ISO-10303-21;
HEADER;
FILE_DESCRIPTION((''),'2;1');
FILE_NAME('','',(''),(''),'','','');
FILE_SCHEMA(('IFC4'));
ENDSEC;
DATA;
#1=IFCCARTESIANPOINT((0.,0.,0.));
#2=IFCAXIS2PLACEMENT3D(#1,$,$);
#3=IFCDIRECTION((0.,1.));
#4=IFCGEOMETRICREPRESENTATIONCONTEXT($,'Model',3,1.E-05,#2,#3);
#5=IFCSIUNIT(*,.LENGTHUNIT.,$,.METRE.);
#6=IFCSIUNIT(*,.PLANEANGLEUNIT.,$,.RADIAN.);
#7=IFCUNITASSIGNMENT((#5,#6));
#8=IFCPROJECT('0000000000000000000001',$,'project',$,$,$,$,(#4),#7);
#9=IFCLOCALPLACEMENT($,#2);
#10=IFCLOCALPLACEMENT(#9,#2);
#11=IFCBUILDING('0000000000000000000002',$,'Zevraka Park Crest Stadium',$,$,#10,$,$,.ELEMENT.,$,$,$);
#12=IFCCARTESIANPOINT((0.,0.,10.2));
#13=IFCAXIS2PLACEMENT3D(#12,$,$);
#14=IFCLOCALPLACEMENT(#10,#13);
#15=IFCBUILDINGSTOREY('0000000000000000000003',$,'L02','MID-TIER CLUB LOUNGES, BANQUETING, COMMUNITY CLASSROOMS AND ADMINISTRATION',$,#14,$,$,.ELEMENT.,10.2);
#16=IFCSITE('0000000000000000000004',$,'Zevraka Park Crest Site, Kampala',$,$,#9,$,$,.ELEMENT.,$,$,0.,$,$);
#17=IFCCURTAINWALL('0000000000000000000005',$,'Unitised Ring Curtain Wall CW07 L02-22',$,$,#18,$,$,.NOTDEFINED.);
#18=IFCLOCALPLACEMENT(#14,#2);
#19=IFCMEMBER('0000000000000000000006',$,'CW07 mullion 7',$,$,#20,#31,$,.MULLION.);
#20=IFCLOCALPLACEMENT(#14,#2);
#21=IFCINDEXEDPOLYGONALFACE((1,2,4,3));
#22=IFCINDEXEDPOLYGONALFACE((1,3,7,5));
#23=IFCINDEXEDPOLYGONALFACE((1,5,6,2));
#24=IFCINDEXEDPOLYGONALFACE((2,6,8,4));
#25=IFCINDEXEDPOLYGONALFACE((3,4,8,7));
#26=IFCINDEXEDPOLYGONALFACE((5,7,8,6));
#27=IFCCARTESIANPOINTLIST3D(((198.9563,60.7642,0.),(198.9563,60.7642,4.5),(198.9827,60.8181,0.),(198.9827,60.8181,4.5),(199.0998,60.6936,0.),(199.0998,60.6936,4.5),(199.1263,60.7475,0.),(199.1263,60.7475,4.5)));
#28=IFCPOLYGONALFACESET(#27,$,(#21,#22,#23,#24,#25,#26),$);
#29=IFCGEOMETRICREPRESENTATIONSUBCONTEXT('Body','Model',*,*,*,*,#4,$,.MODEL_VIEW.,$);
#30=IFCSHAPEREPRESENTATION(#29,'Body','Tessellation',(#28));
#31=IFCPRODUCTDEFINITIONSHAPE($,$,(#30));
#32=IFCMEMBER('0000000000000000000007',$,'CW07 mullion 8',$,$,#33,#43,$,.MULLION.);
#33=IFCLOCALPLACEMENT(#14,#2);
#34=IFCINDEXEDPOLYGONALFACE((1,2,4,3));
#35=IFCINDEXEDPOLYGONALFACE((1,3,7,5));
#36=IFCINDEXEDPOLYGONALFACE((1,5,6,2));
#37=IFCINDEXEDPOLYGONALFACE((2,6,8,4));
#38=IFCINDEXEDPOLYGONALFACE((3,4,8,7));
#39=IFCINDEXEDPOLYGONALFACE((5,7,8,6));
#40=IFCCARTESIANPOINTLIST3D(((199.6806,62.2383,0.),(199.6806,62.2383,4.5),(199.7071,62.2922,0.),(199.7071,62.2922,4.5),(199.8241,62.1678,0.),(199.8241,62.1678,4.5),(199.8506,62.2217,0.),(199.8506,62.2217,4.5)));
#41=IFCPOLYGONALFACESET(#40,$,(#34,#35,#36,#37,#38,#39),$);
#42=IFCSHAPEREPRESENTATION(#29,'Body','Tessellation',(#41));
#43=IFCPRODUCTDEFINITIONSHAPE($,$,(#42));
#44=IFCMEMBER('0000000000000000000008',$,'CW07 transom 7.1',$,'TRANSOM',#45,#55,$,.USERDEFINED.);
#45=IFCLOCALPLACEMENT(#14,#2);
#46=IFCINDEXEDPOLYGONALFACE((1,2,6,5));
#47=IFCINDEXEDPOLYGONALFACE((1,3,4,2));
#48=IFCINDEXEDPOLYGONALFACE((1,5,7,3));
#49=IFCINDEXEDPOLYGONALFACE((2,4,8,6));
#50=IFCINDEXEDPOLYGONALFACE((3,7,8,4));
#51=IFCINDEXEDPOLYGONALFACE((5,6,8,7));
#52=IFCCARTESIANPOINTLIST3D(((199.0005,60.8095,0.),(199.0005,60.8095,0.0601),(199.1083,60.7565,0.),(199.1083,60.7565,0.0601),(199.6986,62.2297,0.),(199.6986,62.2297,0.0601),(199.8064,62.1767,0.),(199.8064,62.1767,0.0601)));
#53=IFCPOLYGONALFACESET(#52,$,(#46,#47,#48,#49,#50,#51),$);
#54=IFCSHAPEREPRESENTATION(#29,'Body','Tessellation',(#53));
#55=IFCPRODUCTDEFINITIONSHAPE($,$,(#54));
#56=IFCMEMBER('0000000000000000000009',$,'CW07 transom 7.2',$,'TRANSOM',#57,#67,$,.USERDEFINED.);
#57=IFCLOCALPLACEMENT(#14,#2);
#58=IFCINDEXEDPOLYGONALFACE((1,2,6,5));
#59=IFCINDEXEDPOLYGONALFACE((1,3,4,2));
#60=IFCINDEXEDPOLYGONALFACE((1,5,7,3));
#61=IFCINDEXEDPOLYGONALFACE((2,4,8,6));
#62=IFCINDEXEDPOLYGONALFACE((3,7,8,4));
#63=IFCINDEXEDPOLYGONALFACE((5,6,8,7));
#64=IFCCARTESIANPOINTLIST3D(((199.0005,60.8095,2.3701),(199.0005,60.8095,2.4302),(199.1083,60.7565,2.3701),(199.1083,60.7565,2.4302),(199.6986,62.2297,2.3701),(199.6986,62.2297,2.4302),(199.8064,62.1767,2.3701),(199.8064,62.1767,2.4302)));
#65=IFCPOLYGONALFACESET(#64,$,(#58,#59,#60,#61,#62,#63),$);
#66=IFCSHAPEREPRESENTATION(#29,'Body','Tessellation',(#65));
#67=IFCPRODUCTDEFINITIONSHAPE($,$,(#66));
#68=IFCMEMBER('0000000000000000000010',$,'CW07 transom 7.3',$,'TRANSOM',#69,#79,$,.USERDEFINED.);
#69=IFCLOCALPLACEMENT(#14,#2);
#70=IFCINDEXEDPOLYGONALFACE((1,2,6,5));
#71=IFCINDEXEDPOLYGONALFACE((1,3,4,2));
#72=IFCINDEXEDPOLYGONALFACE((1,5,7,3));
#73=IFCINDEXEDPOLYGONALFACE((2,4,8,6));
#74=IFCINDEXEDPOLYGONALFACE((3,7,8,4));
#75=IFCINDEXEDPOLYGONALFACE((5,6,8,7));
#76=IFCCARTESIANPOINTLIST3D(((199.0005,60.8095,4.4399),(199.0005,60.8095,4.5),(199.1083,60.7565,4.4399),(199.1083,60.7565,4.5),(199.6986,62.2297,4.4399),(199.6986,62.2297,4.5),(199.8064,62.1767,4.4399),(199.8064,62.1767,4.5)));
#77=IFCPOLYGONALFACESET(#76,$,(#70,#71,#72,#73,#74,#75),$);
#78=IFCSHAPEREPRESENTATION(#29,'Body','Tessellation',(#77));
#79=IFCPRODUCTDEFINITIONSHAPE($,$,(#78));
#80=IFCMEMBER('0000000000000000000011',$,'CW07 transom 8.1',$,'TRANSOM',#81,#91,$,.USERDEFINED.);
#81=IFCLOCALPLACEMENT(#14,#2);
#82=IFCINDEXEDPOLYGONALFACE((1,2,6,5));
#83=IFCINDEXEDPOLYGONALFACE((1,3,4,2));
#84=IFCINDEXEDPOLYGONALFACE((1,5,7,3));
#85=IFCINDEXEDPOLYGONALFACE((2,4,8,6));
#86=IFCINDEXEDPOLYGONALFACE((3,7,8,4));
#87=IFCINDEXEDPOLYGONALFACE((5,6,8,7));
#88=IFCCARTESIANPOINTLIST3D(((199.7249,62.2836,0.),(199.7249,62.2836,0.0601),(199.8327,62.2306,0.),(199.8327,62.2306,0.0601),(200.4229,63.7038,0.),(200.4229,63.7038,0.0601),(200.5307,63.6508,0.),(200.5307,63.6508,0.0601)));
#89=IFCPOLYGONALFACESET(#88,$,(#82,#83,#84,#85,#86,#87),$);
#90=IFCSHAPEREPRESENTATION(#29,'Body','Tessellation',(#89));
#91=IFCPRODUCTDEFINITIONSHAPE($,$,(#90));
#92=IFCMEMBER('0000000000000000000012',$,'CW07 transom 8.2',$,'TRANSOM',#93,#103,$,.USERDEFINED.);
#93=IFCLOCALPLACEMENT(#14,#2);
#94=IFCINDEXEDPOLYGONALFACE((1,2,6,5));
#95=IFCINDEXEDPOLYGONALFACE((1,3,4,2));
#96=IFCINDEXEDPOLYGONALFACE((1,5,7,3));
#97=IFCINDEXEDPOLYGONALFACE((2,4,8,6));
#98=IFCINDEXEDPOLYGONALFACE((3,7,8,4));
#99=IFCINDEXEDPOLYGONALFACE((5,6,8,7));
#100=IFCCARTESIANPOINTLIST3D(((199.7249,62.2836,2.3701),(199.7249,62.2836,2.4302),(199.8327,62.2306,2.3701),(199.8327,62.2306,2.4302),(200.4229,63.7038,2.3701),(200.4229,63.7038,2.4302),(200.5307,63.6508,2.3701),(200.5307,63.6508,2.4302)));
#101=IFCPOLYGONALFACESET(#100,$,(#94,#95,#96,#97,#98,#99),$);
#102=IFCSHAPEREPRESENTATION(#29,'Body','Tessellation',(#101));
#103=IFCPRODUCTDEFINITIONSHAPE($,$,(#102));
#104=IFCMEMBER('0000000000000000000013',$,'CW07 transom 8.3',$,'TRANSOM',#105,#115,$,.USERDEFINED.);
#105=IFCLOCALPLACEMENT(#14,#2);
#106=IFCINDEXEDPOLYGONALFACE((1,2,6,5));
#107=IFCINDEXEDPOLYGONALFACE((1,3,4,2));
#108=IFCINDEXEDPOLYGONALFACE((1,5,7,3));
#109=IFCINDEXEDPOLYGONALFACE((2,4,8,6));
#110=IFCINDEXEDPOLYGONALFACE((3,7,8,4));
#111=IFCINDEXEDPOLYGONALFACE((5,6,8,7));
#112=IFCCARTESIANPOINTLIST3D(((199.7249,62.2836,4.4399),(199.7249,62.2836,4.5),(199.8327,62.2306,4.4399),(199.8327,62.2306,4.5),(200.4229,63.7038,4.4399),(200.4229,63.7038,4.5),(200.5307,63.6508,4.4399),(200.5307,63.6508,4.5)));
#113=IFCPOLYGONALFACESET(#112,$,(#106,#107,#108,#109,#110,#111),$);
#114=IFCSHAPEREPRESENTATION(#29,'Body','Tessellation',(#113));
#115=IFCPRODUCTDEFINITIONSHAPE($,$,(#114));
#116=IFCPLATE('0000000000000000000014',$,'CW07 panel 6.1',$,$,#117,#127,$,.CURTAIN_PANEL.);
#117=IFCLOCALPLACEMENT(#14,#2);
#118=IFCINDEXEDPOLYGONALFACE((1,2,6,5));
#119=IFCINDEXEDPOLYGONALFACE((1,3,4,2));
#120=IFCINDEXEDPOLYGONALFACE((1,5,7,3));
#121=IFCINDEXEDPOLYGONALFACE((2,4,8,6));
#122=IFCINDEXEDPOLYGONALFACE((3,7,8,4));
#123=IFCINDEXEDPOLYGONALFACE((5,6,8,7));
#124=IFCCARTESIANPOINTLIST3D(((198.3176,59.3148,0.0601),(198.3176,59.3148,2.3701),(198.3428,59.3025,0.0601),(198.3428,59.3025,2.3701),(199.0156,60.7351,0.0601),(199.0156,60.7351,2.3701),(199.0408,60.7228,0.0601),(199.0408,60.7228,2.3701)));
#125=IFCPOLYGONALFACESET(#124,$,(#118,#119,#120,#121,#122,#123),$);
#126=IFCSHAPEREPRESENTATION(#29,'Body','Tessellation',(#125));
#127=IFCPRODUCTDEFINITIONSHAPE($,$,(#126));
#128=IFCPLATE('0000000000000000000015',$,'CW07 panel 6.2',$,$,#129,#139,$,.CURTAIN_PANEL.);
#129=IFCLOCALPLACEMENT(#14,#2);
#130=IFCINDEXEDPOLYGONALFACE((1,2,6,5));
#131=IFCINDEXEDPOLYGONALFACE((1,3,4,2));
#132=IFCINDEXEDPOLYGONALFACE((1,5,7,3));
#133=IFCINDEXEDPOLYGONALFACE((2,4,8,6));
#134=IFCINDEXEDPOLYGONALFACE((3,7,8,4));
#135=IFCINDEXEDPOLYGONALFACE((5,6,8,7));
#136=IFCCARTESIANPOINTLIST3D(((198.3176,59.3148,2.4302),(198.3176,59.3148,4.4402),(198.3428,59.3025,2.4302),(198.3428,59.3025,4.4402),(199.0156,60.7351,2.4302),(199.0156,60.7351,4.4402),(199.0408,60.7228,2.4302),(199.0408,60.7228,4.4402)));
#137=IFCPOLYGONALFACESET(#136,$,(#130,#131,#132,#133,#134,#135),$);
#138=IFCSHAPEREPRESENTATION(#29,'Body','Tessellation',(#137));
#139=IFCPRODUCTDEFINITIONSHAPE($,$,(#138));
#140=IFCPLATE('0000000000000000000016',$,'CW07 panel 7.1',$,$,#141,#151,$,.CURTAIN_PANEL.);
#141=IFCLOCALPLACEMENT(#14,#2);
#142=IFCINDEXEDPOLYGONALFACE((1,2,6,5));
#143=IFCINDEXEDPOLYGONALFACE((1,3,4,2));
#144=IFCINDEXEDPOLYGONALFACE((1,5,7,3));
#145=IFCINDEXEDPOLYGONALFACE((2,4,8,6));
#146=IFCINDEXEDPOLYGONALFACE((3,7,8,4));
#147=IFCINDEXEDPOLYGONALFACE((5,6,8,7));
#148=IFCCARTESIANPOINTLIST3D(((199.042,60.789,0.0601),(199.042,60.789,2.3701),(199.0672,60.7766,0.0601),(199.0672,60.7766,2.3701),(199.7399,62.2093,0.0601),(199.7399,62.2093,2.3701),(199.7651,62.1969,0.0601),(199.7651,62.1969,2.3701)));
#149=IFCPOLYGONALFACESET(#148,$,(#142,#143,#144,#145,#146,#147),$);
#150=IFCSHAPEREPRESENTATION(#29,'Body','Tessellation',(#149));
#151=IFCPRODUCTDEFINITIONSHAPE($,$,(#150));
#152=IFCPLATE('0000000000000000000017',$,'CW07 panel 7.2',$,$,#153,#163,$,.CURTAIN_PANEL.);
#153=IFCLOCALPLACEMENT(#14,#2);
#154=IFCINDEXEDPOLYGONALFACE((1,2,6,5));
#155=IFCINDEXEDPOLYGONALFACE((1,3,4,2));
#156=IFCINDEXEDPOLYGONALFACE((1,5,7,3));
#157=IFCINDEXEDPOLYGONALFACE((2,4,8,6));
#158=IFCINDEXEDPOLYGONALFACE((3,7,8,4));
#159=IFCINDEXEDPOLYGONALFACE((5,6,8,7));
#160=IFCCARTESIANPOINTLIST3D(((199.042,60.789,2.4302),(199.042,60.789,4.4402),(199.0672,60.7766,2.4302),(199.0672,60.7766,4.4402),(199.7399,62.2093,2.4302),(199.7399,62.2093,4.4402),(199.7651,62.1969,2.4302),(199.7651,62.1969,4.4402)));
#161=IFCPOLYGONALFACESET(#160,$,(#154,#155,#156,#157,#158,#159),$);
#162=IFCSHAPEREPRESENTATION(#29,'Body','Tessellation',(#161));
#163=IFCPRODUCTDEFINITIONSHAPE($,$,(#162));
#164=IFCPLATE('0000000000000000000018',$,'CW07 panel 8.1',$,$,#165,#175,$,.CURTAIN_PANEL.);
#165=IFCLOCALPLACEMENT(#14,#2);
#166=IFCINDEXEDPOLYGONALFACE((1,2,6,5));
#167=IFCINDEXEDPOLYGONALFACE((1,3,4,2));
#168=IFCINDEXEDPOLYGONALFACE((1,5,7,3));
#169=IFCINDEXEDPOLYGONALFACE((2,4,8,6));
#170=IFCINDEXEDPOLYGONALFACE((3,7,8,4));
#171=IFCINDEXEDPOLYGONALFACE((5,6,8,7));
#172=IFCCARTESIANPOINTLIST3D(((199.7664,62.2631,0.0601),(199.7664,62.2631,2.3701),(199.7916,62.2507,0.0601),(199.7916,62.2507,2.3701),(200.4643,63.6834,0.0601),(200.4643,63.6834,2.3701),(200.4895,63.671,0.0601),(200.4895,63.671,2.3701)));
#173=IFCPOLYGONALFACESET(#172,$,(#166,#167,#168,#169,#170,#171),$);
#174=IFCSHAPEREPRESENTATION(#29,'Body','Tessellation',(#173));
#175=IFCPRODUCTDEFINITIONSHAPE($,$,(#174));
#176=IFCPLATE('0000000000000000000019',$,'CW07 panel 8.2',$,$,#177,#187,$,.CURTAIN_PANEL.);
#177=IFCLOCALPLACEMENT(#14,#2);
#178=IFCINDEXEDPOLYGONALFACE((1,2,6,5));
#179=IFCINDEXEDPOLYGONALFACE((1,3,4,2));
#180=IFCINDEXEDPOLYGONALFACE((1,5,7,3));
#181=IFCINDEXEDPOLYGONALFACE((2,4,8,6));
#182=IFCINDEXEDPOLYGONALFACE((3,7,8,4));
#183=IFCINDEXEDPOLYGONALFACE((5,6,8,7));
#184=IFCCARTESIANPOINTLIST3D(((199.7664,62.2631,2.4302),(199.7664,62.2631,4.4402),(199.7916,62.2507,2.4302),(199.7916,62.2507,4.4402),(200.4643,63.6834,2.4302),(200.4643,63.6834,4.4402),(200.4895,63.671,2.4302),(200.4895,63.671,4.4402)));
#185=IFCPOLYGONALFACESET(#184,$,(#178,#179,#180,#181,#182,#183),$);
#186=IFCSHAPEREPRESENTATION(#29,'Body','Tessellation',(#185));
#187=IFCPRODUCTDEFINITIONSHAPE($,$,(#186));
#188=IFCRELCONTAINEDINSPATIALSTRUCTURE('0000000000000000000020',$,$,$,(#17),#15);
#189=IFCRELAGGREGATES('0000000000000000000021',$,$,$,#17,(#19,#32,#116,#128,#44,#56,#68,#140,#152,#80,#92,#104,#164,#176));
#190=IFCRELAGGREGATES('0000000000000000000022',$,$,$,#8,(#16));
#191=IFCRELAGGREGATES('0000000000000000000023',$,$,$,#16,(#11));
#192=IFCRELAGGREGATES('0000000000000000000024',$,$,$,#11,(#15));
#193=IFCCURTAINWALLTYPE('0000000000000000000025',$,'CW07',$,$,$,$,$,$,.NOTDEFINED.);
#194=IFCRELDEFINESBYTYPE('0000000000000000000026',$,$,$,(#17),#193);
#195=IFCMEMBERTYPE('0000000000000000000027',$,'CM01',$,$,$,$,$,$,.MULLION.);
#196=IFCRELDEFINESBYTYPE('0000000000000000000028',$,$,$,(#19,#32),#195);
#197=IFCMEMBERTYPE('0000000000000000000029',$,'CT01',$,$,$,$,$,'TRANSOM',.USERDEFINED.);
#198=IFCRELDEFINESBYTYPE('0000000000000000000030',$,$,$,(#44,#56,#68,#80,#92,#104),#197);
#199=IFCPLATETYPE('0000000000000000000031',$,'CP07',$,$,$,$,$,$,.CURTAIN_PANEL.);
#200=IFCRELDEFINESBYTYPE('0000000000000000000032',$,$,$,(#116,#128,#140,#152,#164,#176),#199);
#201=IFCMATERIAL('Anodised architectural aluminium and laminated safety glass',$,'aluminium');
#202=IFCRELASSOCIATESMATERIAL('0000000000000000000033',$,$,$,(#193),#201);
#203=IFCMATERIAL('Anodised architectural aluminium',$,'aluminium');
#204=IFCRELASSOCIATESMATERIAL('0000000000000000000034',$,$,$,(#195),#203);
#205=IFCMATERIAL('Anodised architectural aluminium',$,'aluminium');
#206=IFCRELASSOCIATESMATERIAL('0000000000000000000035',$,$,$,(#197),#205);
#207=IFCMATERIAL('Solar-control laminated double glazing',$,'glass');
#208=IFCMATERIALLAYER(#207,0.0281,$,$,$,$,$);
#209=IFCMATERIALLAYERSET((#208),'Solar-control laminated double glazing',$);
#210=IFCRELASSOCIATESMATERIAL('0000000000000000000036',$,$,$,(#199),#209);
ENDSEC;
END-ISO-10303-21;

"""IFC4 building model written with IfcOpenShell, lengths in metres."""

from ifc_helpers import new_model, si_unit, direction, frame, origin, origin_2d, place, context, subcontext, project, spatial, rectangle, extrude, material, layer, layer_set, material_profile, profile_set, type_object, element, aggregate, save


model = new_model("IFC4")

# Units and contexts
model_context = context("Model", 3, precision=1e-05, world=origin(), true_north=direction((0.0, 1.0)))
body_context = subcontext(model_context, "Body", "Model", "MODEL_VIEW")
ifc_project = project(units=[si_unit("LENGTHUNIT", "METRE"), si_unit("PLANEANGLEUNIT", "RADIAN")], contexts=[model_context])

# Site, building, storey
site_placement = place(None, origin())
site = spatial("IfcSite", under=ifc_project, at=site_placement, Name="Zevraka Park Crest Site, Kampala", CompositionType="ELEMENT", RefElevation=0.0)
building_placement = place(site_placement, origin())
building = spatial("IfcBuilding", under=site, at=building_placement, Name="Zevraka Park Crest Stadium", CompositionType="ELEMENT")
storey_placement = place(building_placement, frame((0.0, 0.0, 10.2)))
storey = spatial("IfcBuildingStorey", under=building, at=storey_placement, Name="L02", Description="MID-TIER CLUB LOUNGES, BANQUETING, COMMUNITY CLASSROOMS AND ADMINISTRATION", CompositionType="ELEMENT", Elevation=10.2)

# Curtain wall, members, plates
ifc_material_1 = material(Name="Anodised architectural aluminium and laminated safety glass", Category="aluminium")
curtain_wall_type = type_object("IfcCurtainWallType", Name="CW07", PredefinedType="NOTDEFINED", material=ifc_material_1)
curtain_wall_placement = place(storey_placement, origin())
curtain_wall = element("IfcCurtainWall", 1, at=curtain_wall_placement, inside=storey, type_object=curtain_wall_type, Name="Unitised Ring Curtain Wall CW07 L02-22", PredefinedType="NOTDEFINED")
ifc_material_2 = material(Name="Anodised architectural aluminium", Category="aluminium")
ifc_material_profile_1 = material_profile(ifc_material_2, rectangle(XDim=0.1599, YDim=0.0601, at=origin_2d()), Name="ALU MULLION 160x60")
ifc_profile_set_1 = profile_set([ifc_material_profile_1], Name="Anodised architectural aluminium")
member_type_1 = type_object("IfcMemberType", Name="CM01", PredefinedType="MULLION", material=ifc_profile_set_1)
member_1_placement = place(storey_placement, frame((199.0413, 60.7559, 0.0), z_axis=(0.0, 0.0, 1.0), x_axis=(-0.897497, 0.441021, 0.0)))
member_1 = element("IfcMember", 2, at=member_1_placement, type_object=member_type_1, Name="CW07 mullion 7", PredefinedType="MULLION", context=body_context, shape_type="SweptSolid", body=[
    extrude(rectangle(XDim=0.1599, YDim=0.0601, at=origin_2d()), origin(), (0.0, 0.0, 1.0), 4.5),
])
member_2_placement = place(storey_placement, frame((199.7656, 62.23, 0.0), z_axis=(0.0, 0.0, 1.0), x_axis=(-0.897497, 0.441021, 0.0)))
member_2 = element("IfcMember", 3, at=member_2_placement, type_object=member_type_1, Name="CW07 mullion 8", PredefinedType="MULLION", context=body_context, shape_type="SweptSolid", body=[
    extrude(rectangle(XDim=0.1599, YDim=0.0601, at=origin_2d()), origin(), (0.0, 0.0, 1.0), 4.5),
])
ifc_material_3 = material(Name="Anodised architectural aluminium", Category="aluminium")
ifc_material_profile_2 = material_profile(ifc_material_3, rectangle(XDim=0.1201, YDim=0.0601, at=origin_2d()), Name="ALU TRANSOM 120x60")
ifc_profile_set_2 = profile_set([ifc_material_profile_2], Name="Anodised architectural aluminium")
member_type_2 = type_object("IfcMemberType", Name="CT01", ElementType="TRANSOM", PredefinedType="USERDEFINED", material=ifc_profile_set_2)
member_3_placement = place(storey_placement, frame((199.0544, 60.783, 0.03), z_axis=(0.441094, 0.897461, 0.0), x_axis=(-0.897461, 0.441094, 0.0)))
member_3 = element("IfcMember", 4, at=member_3_placement, type_object=member_type_2, Name="CW07 transom 7.1", ObjectType="TRANSOM", PredefinedType="USERDEFINED", context=body_context, shape_type="SweptSolid", body=[
    extrude(rectangle(XDim=0.1201, YDim=0.0601, at=origin_2d()), origin(), (0.0, 0.0, 1.0), 1.5825),
])
member_4_placement = place(storey_placement, frame((199.0544, 60.783, 2.4001), z_axis=(0.441094, 0.897461, 0.0), x_axis=(-0.897461, 0.441094, 0.0)))
member_4 = element("IfcMember", 5, at=member_4_placement, type_object=member_type_2, Name="CW07 transom 7.2", ObjectType="TRANSOM", PredefinedType="USERDEFINED", context=body_context, shape_type="SweptSolid", body=[
    extrude(rectangle(XDim=0.1201, YDim=0.0601, at=origin_2d()), origin(), (0.0, 0.0, 1.0), 1.5825),
])
member_5_placement = place(storey_placement, frame((199.0544, 60.783, 4.47), z_axis=(0.441094, 0.897461, 0.0), x_axis=(-0.897461, 0.441094, 0.0)))
member_5 = element("IfcMember", 6, at=member_5_placement, type_object=member_type_2, Name="CW07 transom 7.3", ObjectType="TRANSOM", PredefinedType="USERDEFINED", context=body_context, shape_type="SweptSolid", body=[
    extrude(rectangle(XDim=0.1201, YDim=0.0601, at=origin_2d()), origin(), (0.0, 0.0, 1.0), 1.5825),
])
member_6_placement = place(storey_placement, frame((199.7788, 62.2571, 0.03), z_axis=(0.441094, 0.897461, 0.0), x_axis=(-0.897461, 0.441094, 0.0)))
member_6 = element("IfcMember", 7, at=member_6_placement, type_object=member_type_2, Name="CW07 transom 8.1", ObjectType="TRANSOM", PredefinedType="USERDEFINED", context=body_context, shape_type="SweptSolid", body=[
    extrude(rectangle(XDim=0.1201, YDim=0.0601, at=origin_2d()), origin(), (0.0, 0.0, 1.0), 1.5825),
])
member_7_placement = place(storey_placement, frame((199.7788, 62.2571, 2.4001), z_axis=(0.441094, 0.897461, 0.0), x_axis=(-0.897461, 0.441094, 0.0)))
member_7 = element("IfcMember", 8, at=member_7_placement, type_object=member_type_2, Name="CW07 transom 8.2", ObjectType="TRANSOM", PredefinedType="USERDEFINED", context=body_context, shape_type="SweptSolid", body=[
    extrude(rectangle(XDim=0.1201, YDim=0.0601, at=origin_2d()), origin(), (0.0, 0.0, 1.0), 1.5825),
])
member_8_placement = place(storey_placement, frame((199.7788, 62.2571, 4.47), z_axis=(0.441094, 0.897461, 0.0), x_axis=(-0.897461, 0.441094, 0.0)))
member_8 = element("IfcMember", 9, at=member_8_placement, type_object=member_type_2, Name="CW07 transom 8.3", ObjectType="TRANSOM", PredefinedType="USERDEFINED", context=body_context, shape_type="SweptSolid", body=[
    extrude(rectangle(XDim=0.1201, YDim=0.0601, at=origin_2d()), origin(), (0.0, 0.0, 1.0), 1.5825),
])
ifc_material_4 = material(Name="Solar-control laminated double glazing", Category="glass")
ifc_layer_1 = layer(ifc_material_4, 0.0281)
ifc_layer_set_1 = layer_set([ifc_layer_1], Name="Solar-control laminated double glazing")
plate_type = type_object("IfcPlateType", Name="CP07", PredefinedType="CURTAIN_PANEL", material=ifc_layer_set_1)
plate_1_placement = place(storey_placement, frame((198.6792, 60.0188, 0.0601), z_axis=(0.0, 0.0, 1.0), x_axis=(0.441021, 0.897497, 0.0)))
plate_1 = element("IfcPlate", 10, at=plate_1_placement, type_object=plate_type, Name="CW07 panel 6.1", PredefinedType="CURTAIN_PANEL", context=body_context, shape_type="SweptSolid", body=[
    extrude(rectangle(XDim=1.5825, YDim=0.0281, at=origin_2d()), origin(), (0.0, 0.0, 1.0), 2.3101),
])
plate_2_placement = place(storey_placement, frame((198.6792, 60.0188, 2.4302), z_axis=(0.0, 0.0, 1.0), x_axis=(0.441021, 0.897497, 0.0)))
plate_2 = element("IfcPlate", 11, at=plate_2_placement, type_object=plate_type, Name="CW07 panel 6.2", PredefinedType="CURTAIN_PANEL", context=body_context, shape_type="SweptSolid", body=[
    extrude(rectangle(XDim=1.5825, YDim=0.0281, at=origin_2d()), origin(), (0.0, 0.0, 1.0), 2.01),
])
plate_3_placement = place(storey_placement, frame((199.4036, 61.4929, 0.0601), z_axis=(0.0, 0.0, 1.0), x_axis=(0.441021, 0.897497, 0.0)))
plate_3 = element("IfcPlate", 12, at=plate_3_placement, type_object=plate_type, Name="CW07 panel 7.1", PredefinedType="CURTAIN_PANEL", context=body_context, shape_type="SweptSolid", body=[
    extrude(rectangle(XDim=1.5825, YDim=0.0281, at=origin_2d()), origin(), (0.0, 0.0, 1.0), 2.3101),
])
plate_4_placement = place(storey_placement, frame((199.4036, 61.4929, 2.4302), z_axis=(0.0, 0.0, 1.0), x_axis=(0.441021, 0.897497, 0.0)))
plate_4 = element("IfcPlate", 13, at=plate_4_placement, type_object=plate_type, Name="CW07 panel 7.2", PredefinedType="CURTAIN_PANEL", context=body_context, shape_type="SweptSolid", body=[
    extrude(rectangle(XDim=1.5825, YDim=0.0281, at=origin_2d()), origin(), (0.0, 0.0, 1.0), 2.01),
])
plate_5_placement = place(storey_placement, frame((200.1279, 62.967, 0.0601), z_axis=(0.0, 0.0, 1.0), x_axis=(0.441021, 0.897497, 0.0)))
plate_5 = element("IfcPlate", 14, at=plate_5_placement, type_object=plate_type, Name="CW07 panel 8.1", PredefinedType="CURTAIN_PANEL", context=body_context, shape_type="SweptSolid", body=[
    extrude(rectangle(XDim=1.5825, YDim=0.0281, at=origin_2d()), origin(), (0.0, 0.0, 1.0), 2.3101),
])
plate_6_placement = place(storey_placement, frame((200.1279, 62.967, 2.4302), z_axis=(0.0, 0.0, 1.0), x_axis=(0.441021, 0.897497, 0.0)))
plate_6 = element("IfcPlate", 15, at=plate_6_placement, type_object=plate_type, Name="CW07 panel 8.2", PredefinedType="CURTAIN_PANEL", context=body_context, shape_type="SweptSolid", body=[
    extrude(rectangle(XDim=1.5825, YDim=0.0281, at=origin_2d()), origin(), (0.0, 0.0, 1.0), 2.01),
])
aggregate(curtain_wall, [member_1, member_2, plate_1, plate_2, member_3, member_4, member_5, plate_3, plate_4, member_6, member_7, member_8, plate_5, plate_6])

save(model, "model.ifc")
